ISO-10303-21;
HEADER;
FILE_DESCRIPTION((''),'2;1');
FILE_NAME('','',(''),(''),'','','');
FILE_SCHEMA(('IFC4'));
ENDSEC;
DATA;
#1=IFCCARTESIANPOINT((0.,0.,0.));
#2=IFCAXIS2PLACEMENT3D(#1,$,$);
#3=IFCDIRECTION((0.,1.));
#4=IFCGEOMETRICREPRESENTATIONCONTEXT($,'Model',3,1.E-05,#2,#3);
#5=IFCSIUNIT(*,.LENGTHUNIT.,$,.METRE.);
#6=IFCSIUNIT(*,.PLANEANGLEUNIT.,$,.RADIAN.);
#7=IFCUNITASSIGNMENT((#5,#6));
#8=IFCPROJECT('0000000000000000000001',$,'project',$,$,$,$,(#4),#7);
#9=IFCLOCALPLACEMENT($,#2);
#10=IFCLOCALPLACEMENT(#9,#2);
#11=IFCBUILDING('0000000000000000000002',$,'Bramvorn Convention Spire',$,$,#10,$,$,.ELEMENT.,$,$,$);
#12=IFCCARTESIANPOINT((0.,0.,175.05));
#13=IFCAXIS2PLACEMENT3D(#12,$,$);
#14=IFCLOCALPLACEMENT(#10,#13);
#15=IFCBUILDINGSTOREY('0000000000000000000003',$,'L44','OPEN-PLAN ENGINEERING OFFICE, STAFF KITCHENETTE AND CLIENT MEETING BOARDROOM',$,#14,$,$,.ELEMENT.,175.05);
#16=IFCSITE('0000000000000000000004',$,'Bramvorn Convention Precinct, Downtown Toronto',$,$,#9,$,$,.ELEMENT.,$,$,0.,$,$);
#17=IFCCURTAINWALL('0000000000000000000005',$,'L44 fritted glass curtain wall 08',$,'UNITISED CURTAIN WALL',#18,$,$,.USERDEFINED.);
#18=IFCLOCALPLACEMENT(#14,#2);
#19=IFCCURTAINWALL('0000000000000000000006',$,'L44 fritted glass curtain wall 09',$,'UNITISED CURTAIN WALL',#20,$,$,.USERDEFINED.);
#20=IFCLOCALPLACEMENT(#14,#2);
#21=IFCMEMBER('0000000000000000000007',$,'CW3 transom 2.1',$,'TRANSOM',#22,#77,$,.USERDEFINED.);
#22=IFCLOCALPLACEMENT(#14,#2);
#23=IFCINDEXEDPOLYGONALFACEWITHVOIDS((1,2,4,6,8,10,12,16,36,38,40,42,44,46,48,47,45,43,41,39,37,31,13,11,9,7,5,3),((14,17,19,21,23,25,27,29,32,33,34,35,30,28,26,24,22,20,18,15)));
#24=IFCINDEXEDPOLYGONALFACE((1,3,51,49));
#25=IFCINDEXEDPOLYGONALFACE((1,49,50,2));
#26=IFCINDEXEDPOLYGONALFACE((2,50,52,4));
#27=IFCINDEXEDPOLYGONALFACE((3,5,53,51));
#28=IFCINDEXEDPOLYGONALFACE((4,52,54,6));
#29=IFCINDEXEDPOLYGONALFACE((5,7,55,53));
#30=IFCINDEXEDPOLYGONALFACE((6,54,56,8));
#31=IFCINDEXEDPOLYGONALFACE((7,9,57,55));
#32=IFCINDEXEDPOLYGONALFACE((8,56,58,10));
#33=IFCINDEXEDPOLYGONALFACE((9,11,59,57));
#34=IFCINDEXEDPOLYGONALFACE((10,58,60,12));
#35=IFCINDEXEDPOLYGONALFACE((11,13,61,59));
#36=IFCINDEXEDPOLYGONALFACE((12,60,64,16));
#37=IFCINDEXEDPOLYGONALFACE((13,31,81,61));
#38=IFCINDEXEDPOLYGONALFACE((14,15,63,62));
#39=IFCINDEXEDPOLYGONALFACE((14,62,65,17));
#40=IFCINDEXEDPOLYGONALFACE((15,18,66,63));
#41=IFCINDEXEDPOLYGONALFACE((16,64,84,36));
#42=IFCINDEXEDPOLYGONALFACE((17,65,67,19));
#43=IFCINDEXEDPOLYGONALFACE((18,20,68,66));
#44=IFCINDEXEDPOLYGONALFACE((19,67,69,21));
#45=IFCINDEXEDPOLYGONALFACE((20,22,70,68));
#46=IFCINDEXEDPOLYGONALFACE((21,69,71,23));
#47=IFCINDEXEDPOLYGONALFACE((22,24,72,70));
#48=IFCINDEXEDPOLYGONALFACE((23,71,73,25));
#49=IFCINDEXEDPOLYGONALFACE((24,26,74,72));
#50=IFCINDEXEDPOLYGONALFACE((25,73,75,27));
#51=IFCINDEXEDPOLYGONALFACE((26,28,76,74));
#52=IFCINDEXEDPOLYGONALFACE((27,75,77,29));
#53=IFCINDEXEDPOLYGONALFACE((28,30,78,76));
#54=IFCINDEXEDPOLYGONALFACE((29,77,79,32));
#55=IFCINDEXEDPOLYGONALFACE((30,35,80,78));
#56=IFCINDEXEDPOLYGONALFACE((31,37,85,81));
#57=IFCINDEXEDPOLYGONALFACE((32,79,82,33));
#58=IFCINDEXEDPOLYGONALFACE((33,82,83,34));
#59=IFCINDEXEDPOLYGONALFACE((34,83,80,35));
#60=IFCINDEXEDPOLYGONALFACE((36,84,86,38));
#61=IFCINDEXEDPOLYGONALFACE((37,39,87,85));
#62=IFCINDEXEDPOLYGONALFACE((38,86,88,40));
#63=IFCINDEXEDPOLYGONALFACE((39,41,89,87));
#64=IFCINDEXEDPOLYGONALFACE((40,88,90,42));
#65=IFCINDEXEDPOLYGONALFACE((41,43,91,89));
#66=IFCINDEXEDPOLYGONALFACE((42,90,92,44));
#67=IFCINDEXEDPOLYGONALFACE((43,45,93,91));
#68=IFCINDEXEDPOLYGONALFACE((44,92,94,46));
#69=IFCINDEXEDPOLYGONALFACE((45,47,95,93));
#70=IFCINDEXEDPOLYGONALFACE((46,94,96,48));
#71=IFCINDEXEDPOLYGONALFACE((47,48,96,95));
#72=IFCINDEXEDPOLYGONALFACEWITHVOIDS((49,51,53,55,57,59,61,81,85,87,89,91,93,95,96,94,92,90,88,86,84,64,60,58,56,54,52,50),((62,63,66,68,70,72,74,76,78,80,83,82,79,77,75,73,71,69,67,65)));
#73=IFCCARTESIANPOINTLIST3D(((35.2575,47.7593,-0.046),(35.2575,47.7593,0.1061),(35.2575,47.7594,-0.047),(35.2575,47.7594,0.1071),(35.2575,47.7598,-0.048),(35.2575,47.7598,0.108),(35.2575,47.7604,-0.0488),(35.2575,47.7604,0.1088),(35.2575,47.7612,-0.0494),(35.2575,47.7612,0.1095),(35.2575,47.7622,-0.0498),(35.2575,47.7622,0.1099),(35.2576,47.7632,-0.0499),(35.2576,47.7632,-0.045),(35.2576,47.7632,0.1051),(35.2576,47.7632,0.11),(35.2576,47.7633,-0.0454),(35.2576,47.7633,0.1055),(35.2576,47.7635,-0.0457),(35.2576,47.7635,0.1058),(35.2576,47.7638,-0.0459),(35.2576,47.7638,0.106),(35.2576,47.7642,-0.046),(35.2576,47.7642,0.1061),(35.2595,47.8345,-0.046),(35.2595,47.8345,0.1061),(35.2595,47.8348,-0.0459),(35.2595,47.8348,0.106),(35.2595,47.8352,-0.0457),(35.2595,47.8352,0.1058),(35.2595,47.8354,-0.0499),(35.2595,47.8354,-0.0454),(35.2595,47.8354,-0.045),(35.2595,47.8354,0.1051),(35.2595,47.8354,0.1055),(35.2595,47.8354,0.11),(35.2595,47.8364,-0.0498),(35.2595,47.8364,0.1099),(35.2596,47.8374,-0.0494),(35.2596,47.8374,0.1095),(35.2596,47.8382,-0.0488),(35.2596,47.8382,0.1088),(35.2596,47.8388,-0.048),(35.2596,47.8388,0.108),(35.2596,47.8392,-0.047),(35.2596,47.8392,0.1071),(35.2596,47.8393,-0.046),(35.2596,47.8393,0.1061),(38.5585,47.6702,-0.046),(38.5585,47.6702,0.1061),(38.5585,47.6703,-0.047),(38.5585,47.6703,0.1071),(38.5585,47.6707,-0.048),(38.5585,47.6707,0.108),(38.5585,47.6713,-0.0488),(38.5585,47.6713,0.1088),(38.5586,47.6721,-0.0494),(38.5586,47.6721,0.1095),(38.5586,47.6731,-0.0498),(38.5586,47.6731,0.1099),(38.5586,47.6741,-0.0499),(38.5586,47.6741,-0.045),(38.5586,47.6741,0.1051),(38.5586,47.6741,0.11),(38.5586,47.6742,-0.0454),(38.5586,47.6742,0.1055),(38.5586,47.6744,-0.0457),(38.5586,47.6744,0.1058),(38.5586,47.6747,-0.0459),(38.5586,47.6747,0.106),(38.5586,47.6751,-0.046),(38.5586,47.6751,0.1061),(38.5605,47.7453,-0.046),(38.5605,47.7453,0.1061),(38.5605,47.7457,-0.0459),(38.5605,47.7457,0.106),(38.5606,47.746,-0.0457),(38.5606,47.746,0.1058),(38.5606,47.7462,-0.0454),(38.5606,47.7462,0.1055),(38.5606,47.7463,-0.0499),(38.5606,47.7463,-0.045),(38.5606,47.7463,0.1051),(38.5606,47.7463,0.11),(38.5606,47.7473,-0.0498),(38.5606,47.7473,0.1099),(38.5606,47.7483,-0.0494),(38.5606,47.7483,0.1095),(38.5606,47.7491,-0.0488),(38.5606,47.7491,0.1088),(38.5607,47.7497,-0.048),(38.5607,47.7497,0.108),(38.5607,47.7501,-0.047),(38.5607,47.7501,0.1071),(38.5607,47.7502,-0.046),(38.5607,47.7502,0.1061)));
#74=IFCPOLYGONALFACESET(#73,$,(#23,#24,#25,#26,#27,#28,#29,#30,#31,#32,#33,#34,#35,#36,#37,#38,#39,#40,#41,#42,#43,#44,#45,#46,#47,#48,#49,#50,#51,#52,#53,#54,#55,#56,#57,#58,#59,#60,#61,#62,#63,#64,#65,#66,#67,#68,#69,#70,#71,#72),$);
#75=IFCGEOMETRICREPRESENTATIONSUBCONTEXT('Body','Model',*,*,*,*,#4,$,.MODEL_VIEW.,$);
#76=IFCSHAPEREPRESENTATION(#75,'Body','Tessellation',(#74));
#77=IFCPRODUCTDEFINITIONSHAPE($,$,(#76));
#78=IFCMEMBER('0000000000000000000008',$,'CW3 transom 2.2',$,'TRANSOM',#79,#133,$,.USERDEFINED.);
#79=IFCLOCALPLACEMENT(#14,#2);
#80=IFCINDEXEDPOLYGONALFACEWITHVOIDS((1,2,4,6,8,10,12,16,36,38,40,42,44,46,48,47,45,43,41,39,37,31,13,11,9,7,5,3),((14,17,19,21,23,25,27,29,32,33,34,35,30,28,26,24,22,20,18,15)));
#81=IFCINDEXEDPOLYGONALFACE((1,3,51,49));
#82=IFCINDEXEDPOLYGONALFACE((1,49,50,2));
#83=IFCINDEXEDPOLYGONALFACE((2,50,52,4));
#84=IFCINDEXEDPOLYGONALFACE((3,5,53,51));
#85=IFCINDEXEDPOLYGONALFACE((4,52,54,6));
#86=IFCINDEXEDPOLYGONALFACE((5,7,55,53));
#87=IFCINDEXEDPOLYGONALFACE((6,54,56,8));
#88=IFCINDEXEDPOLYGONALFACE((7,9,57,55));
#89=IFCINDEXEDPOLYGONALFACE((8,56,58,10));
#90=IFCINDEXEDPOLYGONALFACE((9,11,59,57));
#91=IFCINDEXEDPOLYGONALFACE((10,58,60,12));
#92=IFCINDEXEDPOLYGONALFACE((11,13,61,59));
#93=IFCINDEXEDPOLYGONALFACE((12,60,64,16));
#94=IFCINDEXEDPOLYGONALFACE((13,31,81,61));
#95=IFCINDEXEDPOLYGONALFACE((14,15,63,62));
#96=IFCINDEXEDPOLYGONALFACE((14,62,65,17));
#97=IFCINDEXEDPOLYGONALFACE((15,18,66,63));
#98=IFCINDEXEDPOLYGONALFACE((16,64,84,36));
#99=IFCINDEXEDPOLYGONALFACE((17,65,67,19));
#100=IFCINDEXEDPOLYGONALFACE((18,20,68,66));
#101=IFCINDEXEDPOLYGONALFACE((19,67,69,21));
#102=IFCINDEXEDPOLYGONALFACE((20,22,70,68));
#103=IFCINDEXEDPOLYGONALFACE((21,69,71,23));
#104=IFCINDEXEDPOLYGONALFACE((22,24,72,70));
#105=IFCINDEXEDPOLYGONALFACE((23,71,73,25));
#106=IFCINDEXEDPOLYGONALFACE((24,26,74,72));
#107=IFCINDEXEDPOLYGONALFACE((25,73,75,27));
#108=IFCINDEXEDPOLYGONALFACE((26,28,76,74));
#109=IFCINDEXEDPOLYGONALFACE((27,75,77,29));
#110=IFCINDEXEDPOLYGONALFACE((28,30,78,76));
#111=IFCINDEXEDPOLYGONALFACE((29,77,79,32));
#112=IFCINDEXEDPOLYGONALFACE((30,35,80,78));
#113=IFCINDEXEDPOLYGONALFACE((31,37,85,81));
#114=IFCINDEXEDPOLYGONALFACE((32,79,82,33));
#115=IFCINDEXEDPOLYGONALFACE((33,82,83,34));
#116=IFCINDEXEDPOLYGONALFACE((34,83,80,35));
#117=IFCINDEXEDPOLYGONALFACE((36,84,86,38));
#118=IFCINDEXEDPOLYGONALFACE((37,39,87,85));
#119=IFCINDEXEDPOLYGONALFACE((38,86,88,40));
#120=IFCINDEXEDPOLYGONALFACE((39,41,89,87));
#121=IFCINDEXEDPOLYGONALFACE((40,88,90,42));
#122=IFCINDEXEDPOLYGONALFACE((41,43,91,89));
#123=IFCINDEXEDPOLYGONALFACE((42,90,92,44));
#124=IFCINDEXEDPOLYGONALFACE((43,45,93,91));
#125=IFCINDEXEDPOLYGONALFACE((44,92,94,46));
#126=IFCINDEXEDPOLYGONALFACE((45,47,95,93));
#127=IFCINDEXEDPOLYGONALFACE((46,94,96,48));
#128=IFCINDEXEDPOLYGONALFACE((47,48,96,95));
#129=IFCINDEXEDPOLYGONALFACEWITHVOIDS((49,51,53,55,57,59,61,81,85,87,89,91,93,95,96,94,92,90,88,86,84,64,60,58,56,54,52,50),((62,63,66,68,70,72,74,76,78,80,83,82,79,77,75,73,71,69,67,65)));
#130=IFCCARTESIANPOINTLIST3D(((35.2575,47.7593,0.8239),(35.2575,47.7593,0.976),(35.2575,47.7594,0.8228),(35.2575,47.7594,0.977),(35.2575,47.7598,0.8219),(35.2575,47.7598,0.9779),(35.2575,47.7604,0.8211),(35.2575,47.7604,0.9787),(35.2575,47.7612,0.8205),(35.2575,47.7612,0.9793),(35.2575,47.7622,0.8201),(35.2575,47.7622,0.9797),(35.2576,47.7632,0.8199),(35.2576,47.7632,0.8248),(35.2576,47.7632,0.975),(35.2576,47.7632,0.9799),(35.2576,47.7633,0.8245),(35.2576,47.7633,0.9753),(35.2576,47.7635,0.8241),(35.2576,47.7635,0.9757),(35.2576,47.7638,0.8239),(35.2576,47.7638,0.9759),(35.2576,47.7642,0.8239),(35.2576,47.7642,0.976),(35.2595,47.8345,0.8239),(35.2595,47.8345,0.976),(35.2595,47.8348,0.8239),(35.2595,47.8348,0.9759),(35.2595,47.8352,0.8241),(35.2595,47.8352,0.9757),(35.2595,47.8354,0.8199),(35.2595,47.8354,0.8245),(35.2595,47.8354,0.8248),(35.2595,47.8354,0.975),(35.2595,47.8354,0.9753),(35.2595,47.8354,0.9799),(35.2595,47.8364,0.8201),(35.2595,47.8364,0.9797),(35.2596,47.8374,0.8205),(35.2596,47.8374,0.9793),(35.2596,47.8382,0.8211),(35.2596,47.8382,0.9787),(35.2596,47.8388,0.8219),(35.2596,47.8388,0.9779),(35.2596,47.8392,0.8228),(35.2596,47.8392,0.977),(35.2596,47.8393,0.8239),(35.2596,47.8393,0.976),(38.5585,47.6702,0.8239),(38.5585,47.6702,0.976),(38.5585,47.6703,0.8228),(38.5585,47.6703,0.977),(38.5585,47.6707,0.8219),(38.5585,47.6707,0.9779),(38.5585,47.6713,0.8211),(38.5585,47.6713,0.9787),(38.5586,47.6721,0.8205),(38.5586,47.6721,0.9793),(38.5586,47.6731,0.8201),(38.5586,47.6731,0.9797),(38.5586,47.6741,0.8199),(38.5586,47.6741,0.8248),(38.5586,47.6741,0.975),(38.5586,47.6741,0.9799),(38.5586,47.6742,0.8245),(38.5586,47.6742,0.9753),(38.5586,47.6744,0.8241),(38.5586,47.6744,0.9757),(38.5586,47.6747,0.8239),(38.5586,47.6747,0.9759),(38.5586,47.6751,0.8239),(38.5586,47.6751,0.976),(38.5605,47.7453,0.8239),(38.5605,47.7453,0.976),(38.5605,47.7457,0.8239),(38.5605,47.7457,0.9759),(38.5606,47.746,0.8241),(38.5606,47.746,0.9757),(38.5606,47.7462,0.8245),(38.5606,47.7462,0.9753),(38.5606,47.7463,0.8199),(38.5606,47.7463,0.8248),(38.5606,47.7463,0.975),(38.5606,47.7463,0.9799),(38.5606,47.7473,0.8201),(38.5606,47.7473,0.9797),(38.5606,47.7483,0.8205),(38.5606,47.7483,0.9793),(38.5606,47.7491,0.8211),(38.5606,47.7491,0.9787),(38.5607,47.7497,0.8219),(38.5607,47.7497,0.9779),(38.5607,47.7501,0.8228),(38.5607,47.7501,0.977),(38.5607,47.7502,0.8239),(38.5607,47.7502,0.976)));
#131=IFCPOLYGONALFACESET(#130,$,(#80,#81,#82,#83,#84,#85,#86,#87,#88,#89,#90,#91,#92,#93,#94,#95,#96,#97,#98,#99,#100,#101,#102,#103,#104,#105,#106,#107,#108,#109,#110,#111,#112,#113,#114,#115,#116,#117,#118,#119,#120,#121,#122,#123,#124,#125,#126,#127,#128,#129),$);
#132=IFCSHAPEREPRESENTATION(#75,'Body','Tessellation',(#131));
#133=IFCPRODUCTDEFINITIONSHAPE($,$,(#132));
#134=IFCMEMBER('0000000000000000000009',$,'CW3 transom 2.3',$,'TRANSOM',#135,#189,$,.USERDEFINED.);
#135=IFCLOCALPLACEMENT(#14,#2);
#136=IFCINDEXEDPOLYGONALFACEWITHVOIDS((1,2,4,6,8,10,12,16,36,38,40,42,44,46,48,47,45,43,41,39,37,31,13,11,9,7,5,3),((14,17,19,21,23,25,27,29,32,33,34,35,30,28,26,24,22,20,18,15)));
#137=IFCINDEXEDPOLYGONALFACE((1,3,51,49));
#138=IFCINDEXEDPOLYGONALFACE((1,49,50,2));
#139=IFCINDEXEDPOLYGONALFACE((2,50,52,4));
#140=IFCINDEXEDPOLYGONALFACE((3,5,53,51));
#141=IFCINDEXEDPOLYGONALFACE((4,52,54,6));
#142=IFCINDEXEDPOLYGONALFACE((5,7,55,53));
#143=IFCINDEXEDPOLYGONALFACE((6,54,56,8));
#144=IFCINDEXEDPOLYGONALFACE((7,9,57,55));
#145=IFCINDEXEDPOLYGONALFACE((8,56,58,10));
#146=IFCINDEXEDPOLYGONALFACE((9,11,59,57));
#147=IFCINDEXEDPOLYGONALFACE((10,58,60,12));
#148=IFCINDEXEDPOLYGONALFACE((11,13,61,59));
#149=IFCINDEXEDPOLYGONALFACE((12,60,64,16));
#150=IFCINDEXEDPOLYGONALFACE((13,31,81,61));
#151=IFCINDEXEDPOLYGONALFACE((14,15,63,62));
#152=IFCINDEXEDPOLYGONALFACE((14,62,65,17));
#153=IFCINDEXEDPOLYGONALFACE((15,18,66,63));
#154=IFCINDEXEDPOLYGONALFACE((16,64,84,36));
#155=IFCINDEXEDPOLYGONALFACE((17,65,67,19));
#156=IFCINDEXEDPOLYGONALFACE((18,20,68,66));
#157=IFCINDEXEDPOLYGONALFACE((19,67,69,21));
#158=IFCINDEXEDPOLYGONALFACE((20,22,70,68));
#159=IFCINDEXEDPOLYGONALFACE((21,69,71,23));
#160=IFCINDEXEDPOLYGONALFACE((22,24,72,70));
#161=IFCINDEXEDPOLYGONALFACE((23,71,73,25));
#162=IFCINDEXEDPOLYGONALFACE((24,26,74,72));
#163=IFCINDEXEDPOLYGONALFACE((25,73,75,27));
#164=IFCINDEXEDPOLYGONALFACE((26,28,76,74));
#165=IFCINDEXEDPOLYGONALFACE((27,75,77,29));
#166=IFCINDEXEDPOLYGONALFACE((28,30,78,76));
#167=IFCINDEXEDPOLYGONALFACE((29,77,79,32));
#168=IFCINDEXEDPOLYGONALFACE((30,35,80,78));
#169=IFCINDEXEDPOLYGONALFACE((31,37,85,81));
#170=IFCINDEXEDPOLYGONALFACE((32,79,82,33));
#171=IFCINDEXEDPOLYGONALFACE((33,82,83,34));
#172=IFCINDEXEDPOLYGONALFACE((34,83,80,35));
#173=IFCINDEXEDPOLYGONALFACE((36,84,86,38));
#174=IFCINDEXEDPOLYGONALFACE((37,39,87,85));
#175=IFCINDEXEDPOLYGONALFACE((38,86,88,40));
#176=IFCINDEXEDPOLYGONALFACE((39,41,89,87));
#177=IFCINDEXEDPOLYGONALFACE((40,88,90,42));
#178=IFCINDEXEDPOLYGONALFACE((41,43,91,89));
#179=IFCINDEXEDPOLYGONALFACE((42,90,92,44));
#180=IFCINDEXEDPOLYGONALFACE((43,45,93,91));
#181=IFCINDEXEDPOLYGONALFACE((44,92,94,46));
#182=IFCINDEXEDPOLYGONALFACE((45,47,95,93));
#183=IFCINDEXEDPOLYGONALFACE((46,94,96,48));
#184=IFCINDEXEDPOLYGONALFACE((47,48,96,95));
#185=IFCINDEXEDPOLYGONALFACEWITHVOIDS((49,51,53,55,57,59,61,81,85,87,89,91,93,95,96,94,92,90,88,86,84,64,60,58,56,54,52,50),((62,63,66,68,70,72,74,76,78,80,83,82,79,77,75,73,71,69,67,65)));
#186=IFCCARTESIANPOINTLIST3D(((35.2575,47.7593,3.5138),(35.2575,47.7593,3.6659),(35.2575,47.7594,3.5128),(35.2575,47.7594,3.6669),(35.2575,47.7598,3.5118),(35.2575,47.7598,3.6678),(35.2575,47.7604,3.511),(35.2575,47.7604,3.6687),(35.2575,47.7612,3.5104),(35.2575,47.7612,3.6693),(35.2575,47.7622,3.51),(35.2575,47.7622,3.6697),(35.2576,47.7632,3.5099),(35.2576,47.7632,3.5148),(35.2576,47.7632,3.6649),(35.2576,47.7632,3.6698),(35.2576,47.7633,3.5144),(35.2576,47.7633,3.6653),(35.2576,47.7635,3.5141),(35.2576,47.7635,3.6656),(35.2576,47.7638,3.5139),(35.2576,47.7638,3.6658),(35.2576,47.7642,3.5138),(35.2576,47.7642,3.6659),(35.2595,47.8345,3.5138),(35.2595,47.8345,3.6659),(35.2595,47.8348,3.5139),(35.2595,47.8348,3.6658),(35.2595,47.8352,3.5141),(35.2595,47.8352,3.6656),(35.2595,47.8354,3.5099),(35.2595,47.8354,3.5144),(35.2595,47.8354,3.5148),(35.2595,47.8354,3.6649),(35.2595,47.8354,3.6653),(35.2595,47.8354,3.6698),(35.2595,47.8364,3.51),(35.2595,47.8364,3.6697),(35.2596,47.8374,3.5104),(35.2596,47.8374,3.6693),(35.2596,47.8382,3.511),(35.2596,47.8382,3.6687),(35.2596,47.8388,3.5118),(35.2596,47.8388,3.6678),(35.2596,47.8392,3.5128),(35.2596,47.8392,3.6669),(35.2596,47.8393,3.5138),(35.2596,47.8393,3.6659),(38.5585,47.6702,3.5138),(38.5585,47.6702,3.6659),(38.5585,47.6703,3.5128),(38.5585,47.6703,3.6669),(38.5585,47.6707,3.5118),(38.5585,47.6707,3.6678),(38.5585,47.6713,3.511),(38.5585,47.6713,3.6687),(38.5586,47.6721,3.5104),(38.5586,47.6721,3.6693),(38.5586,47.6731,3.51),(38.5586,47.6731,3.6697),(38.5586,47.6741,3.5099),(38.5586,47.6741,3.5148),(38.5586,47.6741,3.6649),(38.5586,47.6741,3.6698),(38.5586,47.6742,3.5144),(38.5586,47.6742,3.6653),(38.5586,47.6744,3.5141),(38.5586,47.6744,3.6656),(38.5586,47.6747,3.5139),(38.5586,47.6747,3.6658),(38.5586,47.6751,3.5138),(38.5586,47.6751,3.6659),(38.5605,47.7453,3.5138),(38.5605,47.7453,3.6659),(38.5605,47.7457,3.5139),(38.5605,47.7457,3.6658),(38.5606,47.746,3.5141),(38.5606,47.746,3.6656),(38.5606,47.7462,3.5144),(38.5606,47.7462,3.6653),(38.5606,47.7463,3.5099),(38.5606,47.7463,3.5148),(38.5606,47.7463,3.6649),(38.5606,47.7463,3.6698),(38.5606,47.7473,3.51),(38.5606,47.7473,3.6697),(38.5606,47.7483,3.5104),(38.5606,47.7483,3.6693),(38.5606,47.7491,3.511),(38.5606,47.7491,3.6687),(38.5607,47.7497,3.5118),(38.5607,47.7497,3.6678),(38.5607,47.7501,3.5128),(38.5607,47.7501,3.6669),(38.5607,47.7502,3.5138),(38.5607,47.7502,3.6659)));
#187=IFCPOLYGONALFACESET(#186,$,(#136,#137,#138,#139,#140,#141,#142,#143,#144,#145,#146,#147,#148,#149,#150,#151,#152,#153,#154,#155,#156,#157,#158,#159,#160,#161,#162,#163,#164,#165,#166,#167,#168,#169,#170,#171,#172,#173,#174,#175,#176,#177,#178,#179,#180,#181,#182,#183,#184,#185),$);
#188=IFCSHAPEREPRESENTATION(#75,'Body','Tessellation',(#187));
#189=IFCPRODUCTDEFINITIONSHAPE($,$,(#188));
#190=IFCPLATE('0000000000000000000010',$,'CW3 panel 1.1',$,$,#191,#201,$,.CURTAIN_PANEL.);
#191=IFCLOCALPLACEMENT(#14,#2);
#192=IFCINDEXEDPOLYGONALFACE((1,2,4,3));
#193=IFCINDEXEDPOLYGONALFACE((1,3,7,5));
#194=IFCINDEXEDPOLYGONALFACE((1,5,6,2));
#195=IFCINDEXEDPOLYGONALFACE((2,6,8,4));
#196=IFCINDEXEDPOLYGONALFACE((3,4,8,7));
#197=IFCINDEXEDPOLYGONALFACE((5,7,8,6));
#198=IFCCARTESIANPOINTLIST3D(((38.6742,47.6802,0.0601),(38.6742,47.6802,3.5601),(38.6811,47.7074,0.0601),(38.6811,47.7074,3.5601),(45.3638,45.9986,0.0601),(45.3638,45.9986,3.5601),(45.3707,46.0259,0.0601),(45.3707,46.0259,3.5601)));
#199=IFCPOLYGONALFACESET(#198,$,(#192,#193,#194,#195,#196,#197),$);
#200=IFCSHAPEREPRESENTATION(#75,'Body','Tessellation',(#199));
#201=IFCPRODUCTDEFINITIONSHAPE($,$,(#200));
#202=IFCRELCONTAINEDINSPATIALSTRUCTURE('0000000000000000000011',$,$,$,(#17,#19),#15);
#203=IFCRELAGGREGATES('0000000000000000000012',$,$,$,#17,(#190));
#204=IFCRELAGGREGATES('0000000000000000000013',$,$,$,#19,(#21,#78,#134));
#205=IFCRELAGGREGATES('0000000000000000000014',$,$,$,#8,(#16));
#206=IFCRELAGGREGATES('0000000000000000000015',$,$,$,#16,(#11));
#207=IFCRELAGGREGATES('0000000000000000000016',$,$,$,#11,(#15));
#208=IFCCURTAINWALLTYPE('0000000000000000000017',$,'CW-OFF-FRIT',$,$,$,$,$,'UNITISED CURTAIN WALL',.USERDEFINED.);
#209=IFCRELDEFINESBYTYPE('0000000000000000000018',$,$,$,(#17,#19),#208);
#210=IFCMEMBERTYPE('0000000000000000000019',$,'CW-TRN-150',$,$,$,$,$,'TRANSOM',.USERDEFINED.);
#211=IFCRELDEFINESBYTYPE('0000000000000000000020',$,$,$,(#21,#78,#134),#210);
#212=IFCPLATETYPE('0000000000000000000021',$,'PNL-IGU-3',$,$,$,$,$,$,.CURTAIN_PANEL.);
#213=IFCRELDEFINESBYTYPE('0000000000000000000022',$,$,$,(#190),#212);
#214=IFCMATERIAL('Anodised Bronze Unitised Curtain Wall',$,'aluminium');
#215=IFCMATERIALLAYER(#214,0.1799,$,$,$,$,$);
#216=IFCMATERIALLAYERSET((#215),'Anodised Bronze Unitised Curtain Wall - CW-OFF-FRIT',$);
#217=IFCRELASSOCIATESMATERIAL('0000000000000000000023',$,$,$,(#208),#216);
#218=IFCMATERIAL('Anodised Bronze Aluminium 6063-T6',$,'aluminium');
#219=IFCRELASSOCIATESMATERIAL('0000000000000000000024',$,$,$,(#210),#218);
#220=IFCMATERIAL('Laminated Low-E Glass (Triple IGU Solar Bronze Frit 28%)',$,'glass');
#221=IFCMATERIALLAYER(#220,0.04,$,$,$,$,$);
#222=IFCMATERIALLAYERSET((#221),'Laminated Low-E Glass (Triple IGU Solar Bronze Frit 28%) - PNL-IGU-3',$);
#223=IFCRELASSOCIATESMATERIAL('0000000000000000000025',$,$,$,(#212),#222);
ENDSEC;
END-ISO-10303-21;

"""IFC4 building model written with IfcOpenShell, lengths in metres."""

from ifc_helpers import new_model, si_unit, direction, frame, origin, origin_2d, place, context, subcontext, project, spatial, rectangle, hollow_rectangle, extrude, material, layer, layer_set, material_profile, profile_set, type_object, element, aggregate, save


model = new_model("IFC4")

# Units and contexts
model_context = context("Model", 3, precision=1e-05, world=origin(), true_north=direction((0.0, 1.0)))
body_context = subcontext(model_context, "Body", "Model", "MODEL_VIEW")
ifc_project = project(units=[si_unit("LENGTHUNIT", "METRE"), si_unit("PLANEANGLEUNIT", "RADIAN")], contexts=[model_context])

# Site, building, storey
site_placement = place(None, origin())
site = spatial("IfcSite", under=ifc_project, at=site_placement, Name="Bramvorn Convention Precinct, Downtown Toronto", CompositionType="ELEMENT", RefElevation=0.0)
building_placement = place(site_placement, origin())
building = spatial("IfcBuilding", under=site, at=building_placement, Name="Bramvorn Convention Spire", CompositionType="ELEMENT")
storey_placement = place(building_placement, frame((0.0, 0.0, 175.05)))
storey = spatial("IfcBuildingStorey", under=building, at=storey_placement, Name="L44", Description="OPEN-PLAN ENGINEERING OFFICE, STAFF KITCHENETTE AND CLIENT MEETING BOARDROOM", CompositionType="ELEMENT", Elevation=175.05)

# Curtain walls
ifc_material_1 = material(Name="Anodised Bronze Unitised Curtain Wall", Category="aluminium")
ifc_layer_1 = layer(ifc_material_1, 0.1799)
ifc_layer_set_1 = layer_set([ifc_layer_1], Name="Anodised Bronze Unitised Curtain Wall - CW-OFF-FRIT")
curtain_wall_type = type_object("IfcCurtainWallType", Name="CW-OFF-FRIT", ElementType="UNITISED CURTAIN WALL", PredefinedType="USERDEFINED", material=ifc_layer_set_1)
curtain_wall_1_placement = place(storey_placement, origin())
curtain_wall_1 = element("IfcCurtainWall", 1, at=curtain_wall_1_placement, inside=storey, type_object=curtain_wall_type, Name="L44 fritted glass curtain wall 08", ObjectType="UNITISED CURTAIN WALL", PredefinedType="USERDEFINED")
ifc_material_2 = material(Name="Anodised Bronze Aluminium 6063-T6", Category="aluminium")
curtain_wall_2_placement = place(storey_placement, origin())
curtain_wall_2 = element("IfcCurtainWall", 2, at=curtain_wall_2_placement, inside=storey, type_object=curtain_wall_type, Name="L44 fritted glass curtain wall 09", ObjectType="UNITISED CURTAIN WALL", PredefinedType="USERDEFINED")

# Members
ifc_material_profile_1 = material_profile(ifc_material_2, hollow_rectangle(XDim=0.0801, YDim=0.1599, WallThickness=0.0039, InnerFilletRadius=0.001, OuterFilletRadius=0.0039, at=origin_2d()))
ifc_profile_set_1 = profile_set([ifc_material_profile_1], Name="Anodised Bronze Aluminium 6063-T6 - CWT80X160")
member_type_1 = type_object("IfcMemberType", Name="CW-TRN-150", ElementType="TRANSOM", PredefinedType="USERDEFINED", material=ifc_profile_set_1)
member_1_placement = place(storey_placement, frame((35.2585, 47.7993, 0.03), z_axis=(0.999636, -0.026985, 0.0), x_axis=(0.026985, 0.999636, 0.0)))
member_1 = element("IfcMember", 3, at=member_1_placement, type_object=member_type_1, Name="CW3 transom 2.1", ObjectType="TRANSOM", PredefinedType="USERDEFINED", context=body_context, shape_type="SweptSolid", body=[
    extrude(hollow_rectangle(XDim=0.0801, YDim=0.1599, WallThickness=0.0039, InnerFilletRadius=0.001, OuterFilletRadius=0.0039, at=origin_2d()), origin(), (0.0, 0.0, 1.0), 3.3022),
])
member_2_placement = place(storey_placement, frame((35.2585, 47.7993, 0.8999), z_axis=(0.999636, -0.026985, 0.0), x_axis=(0.026985, 0.999636, 0.0)))
member_2 = element("IfcMember", 4, at=member_2_placement, type_object=member_type_1, Name="CW3 transom 2.2", ObjectType="TRANSOM", PredefinedType="USERDEFINED", context=body_context, shape_type="SweptSolid", body=[
    extrude(hollow_rectangle(XDim=0.0801, YDim=0.1599, WallThickness=0.0039, InnerFilletRadius=0.001, OuterFilletRadius=0.0039, at=origin_2d()), origin(), (0.0, 0.0, 1.0), 3.3022),
])
member_3_placement = place(storey_placement, frame((35.2585, 47.7993, 3.5898), z_axis=(0.999636, -0.026985, 0.0), x_axis=(0.026985, 0.999636, 0.0)))
member_3 = element("IfcMember", 5, at=member_3_placement, type_object=member_type_1, Name="CW3 transom 2.3", ObjectType="TRANSOM", PredefinedType="USERDEFINED", context=body_context, shape_type="SweptSolid", body=[
    extrude(hollow_rectangle(XDim=0.0801, YDim=0.1599, WallThickness=0.0039, InnerFilletRadius=0.001, OuterFilletRadius=0.0039, at=origin_2d()), origin(), (0.0, 0.0, 1.0), 3.3022),
])

# Plate
ifc_material_3 = material(Name="Laminated Low-E Glass (Triple IGU Solar Bronze Frit 28%)", Category="glass")
ifc_layer_2 = layer(ifc_material_3, 0.04)
ifc_layer_set_2 = layer_set([ifc_layer_2], Name="Laminated Low-E Glass (Triple IGU Solar Bronze Frit 28%) - PNL-IGU-3")
plate_type = type_object("IfcPlateType", Name="PNL-IGU-3", PredefinedType="CURTAIN_PANEL", material=ifc_layer_set_2)
plate_1_placement = place(storey_placement, frame((42.0225, 46.853, 0.0601), z_axis=(0.0, 0.0, 1.0), x_axis=(0.969829, -0.243786, 0.0)))
plate_1 = element("IfcPlate", 6, at=plate_1_placement, type_object=plate_type, Name="CW3 panel 1.1", PredefinedType="CURTAIN_PANEL", context=body_context, shape_type="SweptSolid", body=[
    extrude(rectangle(XDim=6.8977, YDim=0.0281, at=origin_2d()), origin(), (0.0, 0.0, 1.0), 3.5),
])
aggregate(curtain_wall_1, [plate_1])
aggregate(curtain_wall_2, [member_1, member_2, member_3])

save(model, "model.ifc")
